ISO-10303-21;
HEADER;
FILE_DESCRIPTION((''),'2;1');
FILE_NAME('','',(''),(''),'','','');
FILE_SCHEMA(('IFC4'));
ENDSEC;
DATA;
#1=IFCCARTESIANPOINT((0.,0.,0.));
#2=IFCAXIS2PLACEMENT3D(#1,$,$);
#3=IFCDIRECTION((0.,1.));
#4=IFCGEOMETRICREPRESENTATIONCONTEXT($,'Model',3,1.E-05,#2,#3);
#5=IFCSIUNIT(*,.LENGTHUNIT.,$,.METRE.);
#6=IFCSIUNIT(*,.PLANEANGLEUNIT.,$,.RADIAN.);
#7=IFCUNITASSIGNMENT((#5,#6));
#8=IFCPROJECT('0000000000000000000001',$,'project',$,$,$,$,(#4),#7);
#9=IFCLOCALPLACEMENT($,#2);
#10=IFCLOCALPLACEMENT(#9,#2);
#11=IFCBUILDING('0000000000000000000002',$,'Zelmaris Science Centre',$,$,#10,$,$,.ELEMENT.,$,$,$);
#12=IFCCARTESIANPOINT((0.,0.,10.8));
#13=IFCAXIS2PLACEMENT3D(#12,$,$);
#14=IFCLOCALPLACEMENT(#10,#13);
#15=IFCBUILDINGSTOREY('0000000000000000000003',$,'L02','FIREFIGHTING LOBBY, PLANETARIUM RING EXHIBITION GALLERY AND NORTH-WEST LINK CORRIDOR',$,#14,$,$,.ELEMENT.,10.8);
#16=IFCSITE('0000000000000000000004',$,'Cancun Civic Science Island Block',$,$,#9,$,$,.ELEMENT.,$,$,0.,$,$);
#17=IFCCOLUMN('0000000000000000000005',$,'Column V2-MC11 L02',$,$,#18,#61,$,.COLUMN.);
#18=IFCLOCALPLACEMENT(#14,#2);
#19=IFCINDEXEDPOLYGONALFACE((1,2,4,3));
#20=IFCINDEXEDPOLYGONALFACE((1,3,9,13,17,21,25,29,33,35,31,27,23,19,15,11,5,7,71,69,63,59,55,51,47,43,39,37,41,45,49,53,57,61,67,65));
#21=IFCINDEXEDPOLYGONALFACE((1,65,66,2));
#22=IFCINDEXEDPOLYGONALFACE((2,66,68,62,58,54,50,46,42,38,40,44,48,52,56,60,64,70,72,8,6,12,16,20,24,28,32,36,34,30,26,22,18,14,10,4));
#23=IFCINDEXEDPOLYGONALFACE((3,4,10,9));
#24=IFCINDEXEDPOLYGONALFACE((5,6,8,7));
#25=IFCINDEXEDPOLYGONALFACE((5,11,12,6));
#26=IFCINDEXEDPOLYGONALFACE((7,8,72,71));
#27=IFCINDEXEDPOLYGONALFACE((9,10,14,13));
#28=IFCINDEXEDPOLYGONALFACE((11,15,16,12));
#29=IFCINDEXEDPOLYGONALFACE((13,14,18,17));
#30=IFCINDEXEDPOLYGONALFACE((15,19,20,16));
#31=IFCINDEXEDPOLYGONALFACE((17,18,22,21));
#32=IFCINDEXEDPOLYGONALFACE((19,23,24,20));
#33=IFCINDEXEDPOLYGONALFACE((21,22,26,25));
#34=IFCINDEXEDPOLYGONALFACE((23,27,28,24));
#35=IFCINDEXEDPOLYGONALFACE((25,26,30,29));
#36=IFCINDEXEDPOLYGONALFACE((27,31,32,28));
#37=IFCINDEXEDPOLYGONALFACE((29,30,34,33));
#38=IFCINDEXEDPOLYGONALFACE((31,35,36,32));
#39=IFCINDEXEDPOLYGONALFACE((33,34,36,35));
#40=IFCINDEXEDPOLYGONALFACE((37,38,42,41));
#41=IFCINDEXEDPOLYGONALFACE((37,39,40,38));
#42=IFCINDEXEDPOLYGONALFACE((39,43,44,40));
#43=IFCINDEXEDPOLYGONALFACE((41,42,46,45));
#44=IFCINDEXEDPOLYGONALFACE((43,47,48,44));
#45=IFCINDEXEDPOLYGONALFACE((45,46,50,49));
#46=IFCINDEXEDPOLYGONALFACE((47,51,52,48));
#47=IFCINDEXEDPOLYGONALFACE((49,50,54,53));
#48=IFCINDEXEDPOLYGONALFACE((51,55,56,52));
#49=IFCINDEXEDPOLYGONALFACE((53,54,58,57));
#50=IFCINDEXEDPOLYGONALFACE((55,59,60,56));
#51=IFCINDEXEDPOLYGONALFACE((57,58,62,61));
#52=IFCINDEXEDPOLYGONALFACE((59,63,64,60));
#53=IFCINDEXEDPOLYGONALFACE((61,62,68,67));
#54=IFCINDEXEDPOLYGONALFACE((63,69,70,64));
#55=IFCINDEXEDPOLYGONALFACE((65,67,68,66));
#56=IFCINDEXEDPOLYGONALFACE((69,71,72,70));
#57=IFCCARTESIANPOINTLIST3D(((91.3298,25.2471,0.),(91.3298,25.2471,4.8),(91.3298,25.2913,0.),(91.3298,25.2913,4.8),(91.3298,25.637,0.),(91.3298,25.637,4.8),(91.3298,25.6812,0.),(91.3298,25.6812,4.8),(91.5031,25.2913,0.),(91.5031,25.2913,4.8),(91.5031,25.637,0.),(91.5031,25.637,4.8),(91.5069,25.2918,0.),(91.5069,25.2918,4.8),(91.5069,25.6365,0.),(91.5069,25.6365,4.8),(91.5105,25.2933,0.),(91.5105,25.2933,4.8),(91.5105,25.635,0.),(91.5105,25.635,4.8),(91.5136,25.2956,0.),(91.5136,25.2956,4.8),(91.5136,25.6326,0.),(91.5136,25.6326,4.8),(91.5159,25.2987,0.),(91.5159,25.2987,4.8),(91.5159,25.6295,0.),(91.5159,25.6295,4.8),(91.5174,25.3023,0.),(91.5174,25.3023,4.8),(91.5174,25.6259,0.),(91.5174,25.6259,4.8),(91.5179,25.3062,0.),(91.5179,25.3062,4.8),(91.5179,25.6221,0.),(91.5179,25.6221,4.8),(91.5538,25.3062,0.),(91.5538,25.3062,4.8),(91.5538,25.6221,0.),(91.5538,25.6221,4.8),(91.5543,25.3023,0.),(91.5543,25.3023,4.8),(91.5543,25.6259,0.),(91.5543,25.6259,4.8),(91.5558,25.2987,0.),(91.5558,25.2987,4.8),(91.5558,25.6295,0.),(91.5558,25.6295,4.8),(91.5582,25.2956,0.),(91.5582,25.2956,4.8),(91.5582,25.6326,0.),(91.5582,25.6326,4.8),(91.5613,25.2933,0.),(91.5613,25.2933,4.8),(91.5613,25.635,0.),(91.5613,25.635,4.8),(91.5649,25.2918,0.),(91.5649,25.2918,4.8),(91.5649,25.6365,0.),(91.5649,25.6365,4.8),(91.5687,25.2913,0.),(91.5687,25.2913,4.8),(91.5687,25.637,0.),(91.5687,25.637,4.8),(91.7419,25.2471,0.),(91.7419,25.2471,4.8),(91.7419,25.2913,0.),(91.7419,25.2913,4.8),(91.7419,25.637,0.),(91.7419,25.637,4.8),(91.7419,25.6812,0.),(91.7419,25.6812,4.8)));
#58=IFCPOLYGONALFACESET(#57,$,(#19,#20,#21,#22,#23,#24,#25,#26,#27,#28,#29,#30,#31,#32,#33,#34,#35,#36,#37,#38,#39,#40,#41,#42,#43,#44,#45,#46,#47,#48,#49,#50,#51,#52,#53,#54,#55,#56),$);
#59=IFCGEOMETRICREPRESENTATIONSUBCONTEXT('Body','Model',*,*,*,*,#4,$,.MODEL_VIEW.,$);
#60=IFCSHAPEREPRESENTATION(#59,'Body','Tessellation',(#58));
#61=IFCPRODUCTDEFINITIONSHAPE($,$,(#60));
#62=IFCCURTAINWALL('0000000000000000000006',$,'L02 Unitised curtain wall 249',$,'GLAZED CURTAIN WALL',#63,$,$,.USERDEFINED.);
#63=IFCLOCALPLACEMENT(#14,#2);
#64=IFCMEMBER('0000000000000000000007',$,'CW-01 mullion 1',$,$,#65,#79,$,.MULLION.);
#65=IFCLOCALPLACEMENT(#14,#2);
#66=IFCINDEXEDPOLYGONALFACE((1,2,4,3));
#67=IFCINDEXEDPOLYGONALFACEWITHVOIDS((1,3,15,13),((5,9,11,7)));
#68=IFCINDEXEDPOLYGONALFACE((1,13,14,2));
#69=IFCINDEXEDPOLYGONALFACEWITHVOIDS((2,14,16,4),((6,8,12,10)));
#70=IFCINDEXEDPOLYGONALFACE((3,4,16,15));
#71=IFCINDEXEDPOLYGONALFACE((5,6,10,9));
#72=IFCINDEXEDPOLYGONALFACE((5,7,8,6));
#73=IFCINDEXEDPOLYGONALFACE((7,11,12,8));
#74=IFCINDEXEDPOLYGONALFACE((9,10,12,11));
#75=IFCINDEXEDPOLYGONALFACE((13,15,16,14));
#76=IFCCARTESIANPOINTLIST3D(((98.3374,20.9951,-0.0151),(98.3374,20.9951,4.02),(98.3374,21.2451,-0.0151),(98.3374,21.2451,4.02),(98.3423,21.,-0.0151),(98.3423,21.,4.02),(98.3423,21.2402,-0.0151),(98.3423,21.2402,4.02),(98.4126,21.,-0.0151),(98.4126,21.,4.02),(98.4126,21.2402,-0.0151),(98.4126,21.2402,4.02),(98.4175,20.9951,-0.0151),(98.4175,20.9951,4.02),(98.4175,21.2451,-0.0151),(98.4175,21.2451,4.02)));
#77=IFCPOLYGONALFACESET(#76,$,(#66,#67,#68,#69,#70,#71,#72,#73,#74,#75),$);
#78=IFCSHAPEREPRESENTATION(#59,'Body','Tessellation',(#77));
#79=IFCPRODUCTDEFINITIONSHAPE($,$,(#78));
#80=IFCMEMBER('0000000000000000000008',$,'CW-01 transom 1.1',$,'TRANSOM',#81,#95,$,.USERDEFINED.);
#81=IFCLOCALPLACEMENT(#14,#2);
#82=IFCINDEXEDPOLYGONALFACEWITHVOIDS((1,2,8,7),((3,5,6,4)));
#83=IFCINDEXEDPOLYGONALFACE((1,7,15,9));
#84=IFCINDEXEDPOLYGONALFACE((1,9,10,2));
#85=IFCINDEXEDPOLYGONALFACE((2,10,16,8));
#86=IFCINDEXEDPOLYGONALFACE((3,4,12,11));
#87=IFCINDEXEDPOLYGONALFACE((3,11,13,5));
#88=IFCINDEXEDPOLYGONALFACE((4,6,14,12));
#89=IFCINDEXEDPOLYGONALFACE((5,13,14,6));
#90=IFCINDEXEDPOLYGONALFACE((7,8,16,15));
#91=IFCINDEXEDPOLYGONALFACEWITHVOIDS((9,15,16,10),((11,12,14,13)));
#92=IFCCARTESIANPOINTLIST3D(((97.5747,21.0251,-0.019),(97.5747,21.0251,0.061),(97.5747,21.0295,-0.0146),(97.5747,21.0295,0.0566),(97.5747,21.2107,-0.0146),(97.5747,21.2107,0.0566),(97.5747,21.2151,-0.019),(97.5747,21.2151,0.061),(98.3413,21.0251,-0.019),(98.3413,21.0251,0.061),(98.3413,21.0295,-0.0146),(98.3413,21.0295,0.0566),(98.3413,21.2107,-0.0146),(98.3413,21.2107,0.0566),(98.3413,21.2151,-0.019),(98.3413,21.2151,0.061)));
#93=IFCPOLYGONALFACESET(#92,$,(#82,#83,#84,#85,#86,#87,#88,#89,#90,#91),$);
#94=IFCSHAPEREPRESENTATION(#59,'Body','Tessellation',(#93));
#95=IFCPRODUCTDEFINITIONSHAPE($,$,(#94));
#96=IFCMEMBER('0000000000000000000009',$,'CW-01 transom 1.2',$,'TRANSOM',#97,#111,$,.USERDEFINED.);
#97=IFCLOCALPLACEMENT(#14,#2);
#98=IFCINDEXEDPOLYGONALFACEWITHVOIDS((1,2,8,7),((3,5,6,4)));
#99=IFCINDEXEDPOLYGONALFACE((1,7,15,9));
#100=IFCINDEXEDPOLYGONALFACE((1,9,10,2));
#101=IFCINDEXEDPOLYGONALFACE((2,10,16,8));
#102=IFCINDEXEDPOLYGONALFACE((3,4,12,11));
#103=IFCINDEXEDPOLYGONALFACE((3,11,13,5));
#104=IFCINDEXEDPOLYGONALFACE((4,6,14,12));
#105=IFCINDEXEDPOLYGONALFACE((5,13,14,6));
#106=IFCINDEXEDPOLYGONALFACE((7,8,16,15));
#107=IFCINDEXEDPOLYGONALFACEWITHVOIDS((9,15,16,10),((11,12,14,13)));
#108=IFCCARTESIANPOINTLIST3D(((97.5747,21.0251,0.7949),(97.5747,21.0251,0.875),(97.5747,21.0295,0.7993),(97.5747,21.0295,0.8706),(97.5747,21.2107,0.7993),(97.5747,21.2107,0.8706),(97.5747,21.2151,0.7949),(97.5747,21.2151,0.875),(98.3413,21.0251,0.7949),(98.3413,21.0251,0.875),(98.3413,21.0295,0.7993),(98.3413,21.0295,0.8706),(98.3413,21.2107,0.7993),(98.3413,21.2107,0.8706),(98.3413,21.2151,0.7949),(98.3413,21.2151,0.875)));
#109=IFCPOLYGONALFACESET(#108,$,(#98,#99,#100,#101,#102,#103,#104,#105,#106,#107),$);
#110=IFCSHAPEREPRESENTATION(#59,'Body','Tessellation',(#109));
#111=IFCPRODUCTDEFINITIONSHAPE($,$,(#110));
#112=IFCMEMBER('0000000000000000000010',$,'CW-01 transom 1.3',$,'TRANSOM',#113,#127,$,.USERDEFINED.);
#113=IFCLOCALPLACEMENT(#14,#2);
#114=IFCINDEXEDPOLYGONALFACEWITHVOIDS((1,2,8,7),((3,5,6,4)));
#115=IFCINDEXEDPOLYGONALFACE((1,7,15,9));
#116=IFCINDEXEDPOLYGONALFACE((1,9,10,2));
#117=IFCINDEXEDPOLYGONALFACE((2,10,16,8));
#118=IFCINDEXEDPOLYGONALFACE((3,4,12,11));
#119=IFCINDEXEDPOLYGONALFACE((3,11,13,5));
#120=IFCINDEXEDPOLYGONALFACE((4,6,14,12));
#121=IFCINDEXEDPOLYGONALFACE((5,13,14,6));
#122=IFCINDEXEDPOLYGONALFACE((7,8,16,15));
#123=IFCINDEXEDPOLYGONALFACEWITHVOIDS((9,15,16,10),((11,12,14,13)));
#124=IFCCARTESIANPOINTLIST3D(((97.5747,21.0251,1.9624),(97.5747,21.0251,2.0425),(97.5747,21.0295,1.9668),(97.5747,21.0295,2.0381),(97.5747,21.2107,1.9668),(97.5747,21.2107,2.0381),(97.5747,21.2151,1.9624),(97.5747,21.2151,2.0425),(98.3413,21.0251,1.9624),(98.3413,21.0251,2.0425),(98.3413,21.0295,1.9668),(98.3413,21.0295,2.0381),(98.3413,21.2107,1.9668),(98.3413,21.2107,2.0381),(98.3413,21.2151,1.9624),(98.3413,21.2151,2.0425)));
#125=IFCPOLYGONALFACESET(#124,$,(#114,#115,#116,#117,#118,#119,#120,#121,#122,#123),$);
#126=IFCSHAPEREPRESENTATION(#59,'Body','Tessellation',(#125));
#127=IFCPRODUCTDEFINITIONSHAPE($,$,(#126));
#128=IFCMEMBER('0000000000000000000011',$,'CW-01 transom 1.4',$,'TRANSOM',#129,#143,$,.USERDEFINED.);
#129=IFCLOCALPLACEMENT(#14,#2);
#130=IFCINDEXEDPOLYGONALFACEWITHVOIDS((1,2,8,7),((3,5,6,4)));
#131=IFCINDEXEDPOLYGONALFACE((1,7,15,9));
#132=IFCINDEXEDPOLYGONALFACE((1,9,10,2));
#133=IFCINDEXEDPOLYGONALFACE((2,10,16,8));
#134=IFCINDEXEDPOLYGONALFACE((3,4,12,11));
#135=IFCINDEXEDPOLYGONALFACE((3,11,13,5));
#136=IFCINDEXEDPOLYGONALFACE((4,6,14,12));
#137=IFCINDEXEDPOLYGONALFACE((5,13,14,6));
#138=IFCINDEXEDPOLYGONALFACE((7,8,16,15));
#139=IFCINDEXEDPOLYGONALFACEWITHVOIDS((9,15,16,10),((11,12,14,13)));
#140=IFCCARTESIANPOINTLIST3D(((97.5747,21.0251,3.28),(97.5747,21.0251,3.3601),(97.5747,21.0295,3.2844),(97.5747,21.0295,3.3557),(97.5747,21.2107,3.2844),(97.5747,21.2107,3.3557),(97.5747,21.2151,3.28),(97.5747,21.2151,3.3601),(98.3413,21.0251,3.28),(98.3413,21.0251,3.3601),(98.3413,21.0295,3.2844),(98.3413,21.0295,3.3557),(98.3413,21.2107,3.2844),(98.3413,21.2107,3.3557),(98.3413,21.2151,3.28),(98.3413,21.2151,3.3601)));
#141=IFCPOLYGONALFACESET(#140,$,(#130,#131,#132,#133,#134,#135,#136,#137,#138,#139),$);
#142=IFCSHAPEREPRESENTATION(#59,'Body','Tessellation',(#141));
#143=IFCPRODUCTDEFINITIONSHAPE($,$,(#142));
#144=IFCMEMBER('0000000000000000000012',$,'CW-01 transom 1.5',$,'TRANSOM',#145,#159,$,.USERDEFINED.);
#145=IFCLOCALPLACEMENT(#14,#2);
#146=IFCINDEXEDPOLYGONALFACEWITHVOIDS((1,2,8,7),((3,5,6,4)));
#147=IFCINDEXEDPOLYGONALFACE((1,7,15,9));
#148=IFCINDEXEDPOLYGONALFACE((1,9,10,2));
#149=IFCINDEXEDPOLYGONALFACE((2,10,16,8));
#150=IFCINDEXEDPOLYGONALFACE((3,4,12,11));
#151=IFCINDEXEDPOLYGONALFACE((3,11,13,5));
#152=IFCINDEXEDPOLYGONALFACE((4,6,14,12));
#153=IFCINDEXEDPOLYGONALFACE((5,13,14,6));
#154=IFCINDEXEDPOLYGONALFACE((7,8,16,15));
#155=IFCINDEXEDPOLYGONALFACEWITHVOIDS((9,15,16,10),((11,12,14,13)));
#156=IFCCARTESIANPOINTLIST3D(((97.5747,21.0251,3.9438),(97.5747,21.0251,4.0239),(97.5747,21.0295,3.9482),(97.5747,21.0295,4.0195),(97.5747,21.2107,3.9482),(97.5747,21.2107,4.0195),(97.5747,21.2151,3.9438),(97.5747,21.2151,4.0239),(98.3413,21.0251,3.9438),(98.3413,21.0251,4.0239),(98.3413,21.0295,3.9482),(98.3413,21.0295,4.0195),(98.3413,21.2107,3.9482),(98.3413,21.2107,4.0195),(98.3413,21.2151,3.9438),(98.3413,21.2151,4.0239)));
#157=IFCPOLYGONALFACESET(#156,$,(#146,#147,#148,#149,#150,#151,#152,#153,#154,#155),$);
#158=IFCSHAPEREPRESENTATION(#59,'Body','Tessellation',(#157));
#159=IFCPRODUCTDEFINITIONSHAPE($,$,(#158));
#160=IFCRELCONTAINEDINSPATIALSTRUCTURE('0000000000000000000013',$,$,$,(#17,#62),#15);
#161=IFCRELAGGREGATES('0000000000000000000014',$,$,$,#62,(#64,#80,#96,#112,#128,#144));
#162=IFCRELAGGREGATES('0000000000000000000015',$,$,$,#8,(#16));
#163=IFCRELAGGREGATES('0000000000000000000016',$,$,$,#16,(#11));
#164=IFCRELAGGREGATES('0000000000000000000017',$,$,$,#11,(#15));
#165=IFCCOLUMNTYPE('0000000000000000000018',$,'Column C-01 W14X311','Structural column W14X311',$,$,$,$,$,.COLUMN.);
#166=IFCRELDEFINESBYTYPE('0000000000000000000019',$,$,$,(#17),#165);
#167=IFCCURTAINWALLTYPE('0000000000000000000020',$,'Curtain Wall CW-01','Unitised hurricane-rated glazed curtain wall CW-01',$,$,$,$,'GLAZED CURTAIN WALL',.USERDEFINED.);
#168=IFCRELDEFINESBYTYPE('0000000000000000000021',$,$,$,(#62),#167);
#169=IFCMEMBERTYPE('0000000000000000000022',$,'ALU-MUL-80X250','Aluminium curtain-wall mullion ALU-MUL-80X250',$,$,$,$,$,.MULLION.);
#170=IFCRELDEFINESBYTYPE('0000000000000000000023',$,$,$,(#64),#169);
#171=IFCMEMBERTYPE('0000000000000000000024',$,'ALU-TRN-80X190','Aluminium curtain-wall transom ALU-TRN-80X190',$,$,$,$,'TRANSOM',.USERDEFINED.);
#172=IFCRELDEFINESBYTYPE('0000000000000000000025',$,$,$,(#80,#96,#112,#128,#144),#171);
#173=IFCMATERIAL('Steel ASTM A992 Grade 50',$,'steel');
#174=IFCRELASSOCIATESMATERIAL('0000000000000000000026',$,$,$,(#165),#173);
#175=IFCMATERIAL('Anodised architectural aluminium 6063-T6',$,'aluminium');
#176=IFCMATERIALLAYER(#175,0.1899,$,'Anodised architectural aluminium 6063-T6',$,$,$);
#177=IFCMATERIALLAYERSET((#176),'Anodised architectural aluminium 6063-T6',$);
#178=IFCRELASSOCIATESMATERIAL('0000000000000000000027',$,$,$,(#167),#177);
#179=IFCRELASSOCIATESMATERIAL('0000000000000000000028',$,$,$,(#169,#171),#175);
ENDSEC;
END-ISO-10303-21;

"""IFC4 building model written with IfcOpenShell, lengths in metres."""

from ifc_helpers import new_model, si_unit, direction, frame, origin, origin_2d, place, context, subcontext, project, spatial, hollow_rectangle, i_section, extrude, material, layer, layer_set, material_profile, profile_set, type_object, element, aggregate, save


model = new_model("IFC4")

# Units and contexts
model_context = context("Model", 3, precision=1e-05, world=origin(), true_north=direction((0.0, 1.0)))
body_context = subcontext(model_context, "Body", "Model", "MODEL_VIEW")
ifc_project = project(units=[si_unit("LENGTHUNIT", "METRE"), si_unit("PLANEANGLEUNIT", "RADIAN")], contexts=[model_context])

# Site, building, storey
site_placement = place(None, origin())
site = spatial("IfcSite", under=ifc_project, at=site_placement, Name="Cancun Civic Science Island Block", CompositionType="ELEMENT", RefElevation=0.0)
building_placement = place(site_placement, origin())
building = spatial("IfcBuilding", under=site, at=building_placement, Name="Zelmaris Science Centre", CompositionType="ELEMENT")
storey_placement = place(building_placement, frame((0.0, 0.0, 10.8)))
storey = spatial("IfcBuildingStorey", under=building, at=storey_placement, Name="L02", Description="FIREFIGHTING LOBBY, PLANETARIUM RING EXHIBITION GALLERY AND NORTH-WEST LINK CORRIDOR", CompositionType="ELEMENT", Elevation=10.8)

# Column
ifc_material_1 = material(Name="Steel ASTM A992 Grade 50", Category="steel")
ifc_material_profile_1 = material_profile(ifc_material_1, i_section(OverallWidth=0.4121, OverallDepth=0.4341, WebThickness=0.0359, FlangeThickness=0.0442, FilletRadius=0.0149, at=origin_2d()), Name="W14X311")
ifc_profile_set_1 = profile_set([ifc_material_profile_1], Name="Steel ASTM A992 Grade 50")
column_type = type_object("IfcColumnType", Name="Column C-01 W14X311", Description="Structural column W14X311", PredefinedType="COLUMN", material=ifc_profile_set_1)
column_placement = place(storey_placement, frame((91.5359, 25.4641, 0.0), z_axis=(0.0, 0.0, 1.0), x_axis=(1.0, 0.0, 0.0)))
element("IfcColumn", 1, at=column_placement, inside=storey, type_object=column_type, Name="Column V2-MC11 L02", PredefinedType="COLUMN", context=body_context, shape_type="SweptSolid", body=[
    extrude(i_section(OverallWidth=0.4121, OverallDepth=0.4341, WebThickness=0.0359, FlangeThickness=0.0442, FilletRadius=0.0149, at=origin_2d()), origin(), (0.0, 0.0, 1.0), 4.8),
])

# Curtain wall, members
ifc_material_2 = material(Name="Anodised architectural aluminium 6063-T6", Category="aluminium")
ifc_layer_1 = layer(ifc_material_2, 0.1899, Name="Anodised architectural aluminium 6063-T6")
ifc_layer_set_1 = layer_set([ifc_layer_1], Name="Anodised architectural aluminium 6063-T6")
curtain_wall_type = type_object("IfcCurtainWallType", Name="Curtain Wall CW-01", Description="Unitised hurricane-rated glazed curtain wall CW-01", ElementType="GLAZED CURTAIN WALL", PredefinedType="USERDEFINED", material=ifc_layer_set_1)
curtain_wall_placement = place(storey_placement, origin())
curtain_wall = element("IfcCurtainWall", 2, at=curtain_wall_placement, inside=storey, type_object=curtain_wall_type, Name="L02 Unitised curtain wall 249", ObjectType="GLAZED CURTAIN WALL", PredefinedType="USERDEFINED")
ifc_material_profile_2 = material_profile(ifc_material_2, hollow_rectangle(XDim=0.0801, YDim=0.25, WallThickness=0.0049, at=origin_2d()), Name="ALU-MUL-80X250")
ifc_profile_set_2 = profile_set([ifc_material_profile_2], Name="Anodised architectural aluminium 6063-T6")
member_type_1 = type_object("IfcMemberType", Name="ALU-MUL-80X250", Description="Aluminium curtain-wall mullion ALU-MUL-80X250", PredefinedType="MULLION", material=ifc_profile_set_2)
member_1_placement = place(storey_placement, frame((98.3774, 21.1201, -0.0151), z_axis=(0.0, 0.0, 1.0), x_axis=(-1.0, 0.000005, 0.0)))
member_1 = element("IfcMember", 3, at=member_1_placement, type_object=member_type_1, Name="CW-01 mullion 1", PredefinedType="MULLION", context=body_context, shape_type="SweptSolid", body=[
    extrude(hollow_rectangle(XDim=0.0801, YDim=0.25, WallThickness=0.0049, at=origin_2d()), origin(), (0.0, 0.0, 1.0), 4.0352),
])
ifc_material_profile_3 = material_profile(ifc_material_2, hollow_rectangle(XDim=0.0801, YDim=0.1899, WallThickness=0.0044, at=origin_2d()), Name="ALU-TRN-80X190")
ifc_profile_set_3 = profile_set([ifc_material_profile_3], Name="Anodised architectural aluminium 6063-T6")
member_type_2 = type_object("IfcMemberType", Name="ALU-TRN-80X190", Description="Aluminium curtain-wall transom ALU-TRN-80X190", ElementType="TRANSOM", PredefinedType="USERDEFINED", material=ifc_profile_set_3)
member_2_placement = place(storey_placement, frame((98.3413, 21.1201, 0.021), z_axis=(-1.0, 0.0, 0.0), x_axis=(0.0, 0.0, 1.0)))
member_2 = element("IfcMember", 4, at=member_2_placement, type_object=member_type_2, Name="CW-01 transom 1.1", ObjectType="TRANSOM", PredefinedType="USERDEFINED", context=body_context, shape_type="SweptSolid", body=[
    extrude(hollow_rectangle(XDim=0.0801, YDim=0.1899, WallThickness=0.0044, at=origin_2d()), origin(), (0.0, 0.0, 1.0), 0.7666),
])
member_3_placement = place(storey_placement, frame((98.3413, 21.1201, 0.835), z_axis=(-1.0, 0.0, 0.0), x_axis=(0.0, 0.0, 1.0)))
member_3 = element("IfcMember", 5, at=member_3_placement, type_object=member_type_2, Name="CW-01 transom 1.2", ObjectType="TRANSOM", PredefinedType="USERDEFINED", context=body_context, shape_type="SweptSolid", body=[
    extrude(hollow_rectangle(XDim=0.0801, YDim=0.1899, WallThickness=0.0044, at=origin_2d()), origin(), (0.0, 0.0, 1.0), 0.7666),
])
member_4_placement = place(storey_placement, frame((98.3413, 21.1201, 2.0024), z_axis=(-1.0, 0.0, 0.0), x_axis=(0.0, 0.0, 1.0)))
member_4 = element("IfcMember", 6, at=member_4_placement, type_object=member_type_2, Name="CW-01 transom 1.3", ObjectType="TRANSOM", PredefinedType="USERDEFINED", context=body_context, shape_type="SweptSolid", body=[
    extrude(hollow_rectangle(XDim=0.0801, YDim=0.1899, WallThickness=0.0044, at=origin_2d()), origin(), (0.0, 0.0, 1.0), 0.7666),
])
member_5_placement = place(storey_placement, frame((98.3413, 21.1201, 3.3201), z_axis=(-1.0, 0.0, 0.0), x_axis=(0.0, 0.0, 1.0)))
member_5 = element("IfcMember", 7, at=member_5_placement, type_object=member_type_2, Name="CW-01 transom 1.4", ObjectType="TRANSOM", PredefinedType="USERDEFINED", context=body_context, shape_type="SweptSolid", body=[
    extrude(hollow_rectangle(XDim=0.0801, YDim=0.1899, WallThickness=0.0044, at=origin_2d()), origin(), (0.0, 0.0, 1.0), 0.7666),
])
member_6_placement = place(storey_placement, frame((98.3413, 21.1201, 3.9839), z_axis=(-1.0, 0.0, 0.0), x_axis=(0.0, 0.0, 1.0)))
member_6 = element("IfcMember", 8, at=member_6_placement, type_object=member_type_2, Name="CW-01 transom 1.5", ObjectType="TRANSOM", PredefinedType="USERDEFINED", context=body_context, shape_type="SweptSolid", body=[
    extrude(hollow_rectangle(XDim=0.0801, YDim=0.1899, WallThickness=0.0044, at=origin_2d()), origin(), (0.0, 0.0, 1.0), 0.7666),
])

aggregate(curtain_wall, [member_1, member_2, member_3, member_4, member_5, member_6])

save(model, "model.ifc")
